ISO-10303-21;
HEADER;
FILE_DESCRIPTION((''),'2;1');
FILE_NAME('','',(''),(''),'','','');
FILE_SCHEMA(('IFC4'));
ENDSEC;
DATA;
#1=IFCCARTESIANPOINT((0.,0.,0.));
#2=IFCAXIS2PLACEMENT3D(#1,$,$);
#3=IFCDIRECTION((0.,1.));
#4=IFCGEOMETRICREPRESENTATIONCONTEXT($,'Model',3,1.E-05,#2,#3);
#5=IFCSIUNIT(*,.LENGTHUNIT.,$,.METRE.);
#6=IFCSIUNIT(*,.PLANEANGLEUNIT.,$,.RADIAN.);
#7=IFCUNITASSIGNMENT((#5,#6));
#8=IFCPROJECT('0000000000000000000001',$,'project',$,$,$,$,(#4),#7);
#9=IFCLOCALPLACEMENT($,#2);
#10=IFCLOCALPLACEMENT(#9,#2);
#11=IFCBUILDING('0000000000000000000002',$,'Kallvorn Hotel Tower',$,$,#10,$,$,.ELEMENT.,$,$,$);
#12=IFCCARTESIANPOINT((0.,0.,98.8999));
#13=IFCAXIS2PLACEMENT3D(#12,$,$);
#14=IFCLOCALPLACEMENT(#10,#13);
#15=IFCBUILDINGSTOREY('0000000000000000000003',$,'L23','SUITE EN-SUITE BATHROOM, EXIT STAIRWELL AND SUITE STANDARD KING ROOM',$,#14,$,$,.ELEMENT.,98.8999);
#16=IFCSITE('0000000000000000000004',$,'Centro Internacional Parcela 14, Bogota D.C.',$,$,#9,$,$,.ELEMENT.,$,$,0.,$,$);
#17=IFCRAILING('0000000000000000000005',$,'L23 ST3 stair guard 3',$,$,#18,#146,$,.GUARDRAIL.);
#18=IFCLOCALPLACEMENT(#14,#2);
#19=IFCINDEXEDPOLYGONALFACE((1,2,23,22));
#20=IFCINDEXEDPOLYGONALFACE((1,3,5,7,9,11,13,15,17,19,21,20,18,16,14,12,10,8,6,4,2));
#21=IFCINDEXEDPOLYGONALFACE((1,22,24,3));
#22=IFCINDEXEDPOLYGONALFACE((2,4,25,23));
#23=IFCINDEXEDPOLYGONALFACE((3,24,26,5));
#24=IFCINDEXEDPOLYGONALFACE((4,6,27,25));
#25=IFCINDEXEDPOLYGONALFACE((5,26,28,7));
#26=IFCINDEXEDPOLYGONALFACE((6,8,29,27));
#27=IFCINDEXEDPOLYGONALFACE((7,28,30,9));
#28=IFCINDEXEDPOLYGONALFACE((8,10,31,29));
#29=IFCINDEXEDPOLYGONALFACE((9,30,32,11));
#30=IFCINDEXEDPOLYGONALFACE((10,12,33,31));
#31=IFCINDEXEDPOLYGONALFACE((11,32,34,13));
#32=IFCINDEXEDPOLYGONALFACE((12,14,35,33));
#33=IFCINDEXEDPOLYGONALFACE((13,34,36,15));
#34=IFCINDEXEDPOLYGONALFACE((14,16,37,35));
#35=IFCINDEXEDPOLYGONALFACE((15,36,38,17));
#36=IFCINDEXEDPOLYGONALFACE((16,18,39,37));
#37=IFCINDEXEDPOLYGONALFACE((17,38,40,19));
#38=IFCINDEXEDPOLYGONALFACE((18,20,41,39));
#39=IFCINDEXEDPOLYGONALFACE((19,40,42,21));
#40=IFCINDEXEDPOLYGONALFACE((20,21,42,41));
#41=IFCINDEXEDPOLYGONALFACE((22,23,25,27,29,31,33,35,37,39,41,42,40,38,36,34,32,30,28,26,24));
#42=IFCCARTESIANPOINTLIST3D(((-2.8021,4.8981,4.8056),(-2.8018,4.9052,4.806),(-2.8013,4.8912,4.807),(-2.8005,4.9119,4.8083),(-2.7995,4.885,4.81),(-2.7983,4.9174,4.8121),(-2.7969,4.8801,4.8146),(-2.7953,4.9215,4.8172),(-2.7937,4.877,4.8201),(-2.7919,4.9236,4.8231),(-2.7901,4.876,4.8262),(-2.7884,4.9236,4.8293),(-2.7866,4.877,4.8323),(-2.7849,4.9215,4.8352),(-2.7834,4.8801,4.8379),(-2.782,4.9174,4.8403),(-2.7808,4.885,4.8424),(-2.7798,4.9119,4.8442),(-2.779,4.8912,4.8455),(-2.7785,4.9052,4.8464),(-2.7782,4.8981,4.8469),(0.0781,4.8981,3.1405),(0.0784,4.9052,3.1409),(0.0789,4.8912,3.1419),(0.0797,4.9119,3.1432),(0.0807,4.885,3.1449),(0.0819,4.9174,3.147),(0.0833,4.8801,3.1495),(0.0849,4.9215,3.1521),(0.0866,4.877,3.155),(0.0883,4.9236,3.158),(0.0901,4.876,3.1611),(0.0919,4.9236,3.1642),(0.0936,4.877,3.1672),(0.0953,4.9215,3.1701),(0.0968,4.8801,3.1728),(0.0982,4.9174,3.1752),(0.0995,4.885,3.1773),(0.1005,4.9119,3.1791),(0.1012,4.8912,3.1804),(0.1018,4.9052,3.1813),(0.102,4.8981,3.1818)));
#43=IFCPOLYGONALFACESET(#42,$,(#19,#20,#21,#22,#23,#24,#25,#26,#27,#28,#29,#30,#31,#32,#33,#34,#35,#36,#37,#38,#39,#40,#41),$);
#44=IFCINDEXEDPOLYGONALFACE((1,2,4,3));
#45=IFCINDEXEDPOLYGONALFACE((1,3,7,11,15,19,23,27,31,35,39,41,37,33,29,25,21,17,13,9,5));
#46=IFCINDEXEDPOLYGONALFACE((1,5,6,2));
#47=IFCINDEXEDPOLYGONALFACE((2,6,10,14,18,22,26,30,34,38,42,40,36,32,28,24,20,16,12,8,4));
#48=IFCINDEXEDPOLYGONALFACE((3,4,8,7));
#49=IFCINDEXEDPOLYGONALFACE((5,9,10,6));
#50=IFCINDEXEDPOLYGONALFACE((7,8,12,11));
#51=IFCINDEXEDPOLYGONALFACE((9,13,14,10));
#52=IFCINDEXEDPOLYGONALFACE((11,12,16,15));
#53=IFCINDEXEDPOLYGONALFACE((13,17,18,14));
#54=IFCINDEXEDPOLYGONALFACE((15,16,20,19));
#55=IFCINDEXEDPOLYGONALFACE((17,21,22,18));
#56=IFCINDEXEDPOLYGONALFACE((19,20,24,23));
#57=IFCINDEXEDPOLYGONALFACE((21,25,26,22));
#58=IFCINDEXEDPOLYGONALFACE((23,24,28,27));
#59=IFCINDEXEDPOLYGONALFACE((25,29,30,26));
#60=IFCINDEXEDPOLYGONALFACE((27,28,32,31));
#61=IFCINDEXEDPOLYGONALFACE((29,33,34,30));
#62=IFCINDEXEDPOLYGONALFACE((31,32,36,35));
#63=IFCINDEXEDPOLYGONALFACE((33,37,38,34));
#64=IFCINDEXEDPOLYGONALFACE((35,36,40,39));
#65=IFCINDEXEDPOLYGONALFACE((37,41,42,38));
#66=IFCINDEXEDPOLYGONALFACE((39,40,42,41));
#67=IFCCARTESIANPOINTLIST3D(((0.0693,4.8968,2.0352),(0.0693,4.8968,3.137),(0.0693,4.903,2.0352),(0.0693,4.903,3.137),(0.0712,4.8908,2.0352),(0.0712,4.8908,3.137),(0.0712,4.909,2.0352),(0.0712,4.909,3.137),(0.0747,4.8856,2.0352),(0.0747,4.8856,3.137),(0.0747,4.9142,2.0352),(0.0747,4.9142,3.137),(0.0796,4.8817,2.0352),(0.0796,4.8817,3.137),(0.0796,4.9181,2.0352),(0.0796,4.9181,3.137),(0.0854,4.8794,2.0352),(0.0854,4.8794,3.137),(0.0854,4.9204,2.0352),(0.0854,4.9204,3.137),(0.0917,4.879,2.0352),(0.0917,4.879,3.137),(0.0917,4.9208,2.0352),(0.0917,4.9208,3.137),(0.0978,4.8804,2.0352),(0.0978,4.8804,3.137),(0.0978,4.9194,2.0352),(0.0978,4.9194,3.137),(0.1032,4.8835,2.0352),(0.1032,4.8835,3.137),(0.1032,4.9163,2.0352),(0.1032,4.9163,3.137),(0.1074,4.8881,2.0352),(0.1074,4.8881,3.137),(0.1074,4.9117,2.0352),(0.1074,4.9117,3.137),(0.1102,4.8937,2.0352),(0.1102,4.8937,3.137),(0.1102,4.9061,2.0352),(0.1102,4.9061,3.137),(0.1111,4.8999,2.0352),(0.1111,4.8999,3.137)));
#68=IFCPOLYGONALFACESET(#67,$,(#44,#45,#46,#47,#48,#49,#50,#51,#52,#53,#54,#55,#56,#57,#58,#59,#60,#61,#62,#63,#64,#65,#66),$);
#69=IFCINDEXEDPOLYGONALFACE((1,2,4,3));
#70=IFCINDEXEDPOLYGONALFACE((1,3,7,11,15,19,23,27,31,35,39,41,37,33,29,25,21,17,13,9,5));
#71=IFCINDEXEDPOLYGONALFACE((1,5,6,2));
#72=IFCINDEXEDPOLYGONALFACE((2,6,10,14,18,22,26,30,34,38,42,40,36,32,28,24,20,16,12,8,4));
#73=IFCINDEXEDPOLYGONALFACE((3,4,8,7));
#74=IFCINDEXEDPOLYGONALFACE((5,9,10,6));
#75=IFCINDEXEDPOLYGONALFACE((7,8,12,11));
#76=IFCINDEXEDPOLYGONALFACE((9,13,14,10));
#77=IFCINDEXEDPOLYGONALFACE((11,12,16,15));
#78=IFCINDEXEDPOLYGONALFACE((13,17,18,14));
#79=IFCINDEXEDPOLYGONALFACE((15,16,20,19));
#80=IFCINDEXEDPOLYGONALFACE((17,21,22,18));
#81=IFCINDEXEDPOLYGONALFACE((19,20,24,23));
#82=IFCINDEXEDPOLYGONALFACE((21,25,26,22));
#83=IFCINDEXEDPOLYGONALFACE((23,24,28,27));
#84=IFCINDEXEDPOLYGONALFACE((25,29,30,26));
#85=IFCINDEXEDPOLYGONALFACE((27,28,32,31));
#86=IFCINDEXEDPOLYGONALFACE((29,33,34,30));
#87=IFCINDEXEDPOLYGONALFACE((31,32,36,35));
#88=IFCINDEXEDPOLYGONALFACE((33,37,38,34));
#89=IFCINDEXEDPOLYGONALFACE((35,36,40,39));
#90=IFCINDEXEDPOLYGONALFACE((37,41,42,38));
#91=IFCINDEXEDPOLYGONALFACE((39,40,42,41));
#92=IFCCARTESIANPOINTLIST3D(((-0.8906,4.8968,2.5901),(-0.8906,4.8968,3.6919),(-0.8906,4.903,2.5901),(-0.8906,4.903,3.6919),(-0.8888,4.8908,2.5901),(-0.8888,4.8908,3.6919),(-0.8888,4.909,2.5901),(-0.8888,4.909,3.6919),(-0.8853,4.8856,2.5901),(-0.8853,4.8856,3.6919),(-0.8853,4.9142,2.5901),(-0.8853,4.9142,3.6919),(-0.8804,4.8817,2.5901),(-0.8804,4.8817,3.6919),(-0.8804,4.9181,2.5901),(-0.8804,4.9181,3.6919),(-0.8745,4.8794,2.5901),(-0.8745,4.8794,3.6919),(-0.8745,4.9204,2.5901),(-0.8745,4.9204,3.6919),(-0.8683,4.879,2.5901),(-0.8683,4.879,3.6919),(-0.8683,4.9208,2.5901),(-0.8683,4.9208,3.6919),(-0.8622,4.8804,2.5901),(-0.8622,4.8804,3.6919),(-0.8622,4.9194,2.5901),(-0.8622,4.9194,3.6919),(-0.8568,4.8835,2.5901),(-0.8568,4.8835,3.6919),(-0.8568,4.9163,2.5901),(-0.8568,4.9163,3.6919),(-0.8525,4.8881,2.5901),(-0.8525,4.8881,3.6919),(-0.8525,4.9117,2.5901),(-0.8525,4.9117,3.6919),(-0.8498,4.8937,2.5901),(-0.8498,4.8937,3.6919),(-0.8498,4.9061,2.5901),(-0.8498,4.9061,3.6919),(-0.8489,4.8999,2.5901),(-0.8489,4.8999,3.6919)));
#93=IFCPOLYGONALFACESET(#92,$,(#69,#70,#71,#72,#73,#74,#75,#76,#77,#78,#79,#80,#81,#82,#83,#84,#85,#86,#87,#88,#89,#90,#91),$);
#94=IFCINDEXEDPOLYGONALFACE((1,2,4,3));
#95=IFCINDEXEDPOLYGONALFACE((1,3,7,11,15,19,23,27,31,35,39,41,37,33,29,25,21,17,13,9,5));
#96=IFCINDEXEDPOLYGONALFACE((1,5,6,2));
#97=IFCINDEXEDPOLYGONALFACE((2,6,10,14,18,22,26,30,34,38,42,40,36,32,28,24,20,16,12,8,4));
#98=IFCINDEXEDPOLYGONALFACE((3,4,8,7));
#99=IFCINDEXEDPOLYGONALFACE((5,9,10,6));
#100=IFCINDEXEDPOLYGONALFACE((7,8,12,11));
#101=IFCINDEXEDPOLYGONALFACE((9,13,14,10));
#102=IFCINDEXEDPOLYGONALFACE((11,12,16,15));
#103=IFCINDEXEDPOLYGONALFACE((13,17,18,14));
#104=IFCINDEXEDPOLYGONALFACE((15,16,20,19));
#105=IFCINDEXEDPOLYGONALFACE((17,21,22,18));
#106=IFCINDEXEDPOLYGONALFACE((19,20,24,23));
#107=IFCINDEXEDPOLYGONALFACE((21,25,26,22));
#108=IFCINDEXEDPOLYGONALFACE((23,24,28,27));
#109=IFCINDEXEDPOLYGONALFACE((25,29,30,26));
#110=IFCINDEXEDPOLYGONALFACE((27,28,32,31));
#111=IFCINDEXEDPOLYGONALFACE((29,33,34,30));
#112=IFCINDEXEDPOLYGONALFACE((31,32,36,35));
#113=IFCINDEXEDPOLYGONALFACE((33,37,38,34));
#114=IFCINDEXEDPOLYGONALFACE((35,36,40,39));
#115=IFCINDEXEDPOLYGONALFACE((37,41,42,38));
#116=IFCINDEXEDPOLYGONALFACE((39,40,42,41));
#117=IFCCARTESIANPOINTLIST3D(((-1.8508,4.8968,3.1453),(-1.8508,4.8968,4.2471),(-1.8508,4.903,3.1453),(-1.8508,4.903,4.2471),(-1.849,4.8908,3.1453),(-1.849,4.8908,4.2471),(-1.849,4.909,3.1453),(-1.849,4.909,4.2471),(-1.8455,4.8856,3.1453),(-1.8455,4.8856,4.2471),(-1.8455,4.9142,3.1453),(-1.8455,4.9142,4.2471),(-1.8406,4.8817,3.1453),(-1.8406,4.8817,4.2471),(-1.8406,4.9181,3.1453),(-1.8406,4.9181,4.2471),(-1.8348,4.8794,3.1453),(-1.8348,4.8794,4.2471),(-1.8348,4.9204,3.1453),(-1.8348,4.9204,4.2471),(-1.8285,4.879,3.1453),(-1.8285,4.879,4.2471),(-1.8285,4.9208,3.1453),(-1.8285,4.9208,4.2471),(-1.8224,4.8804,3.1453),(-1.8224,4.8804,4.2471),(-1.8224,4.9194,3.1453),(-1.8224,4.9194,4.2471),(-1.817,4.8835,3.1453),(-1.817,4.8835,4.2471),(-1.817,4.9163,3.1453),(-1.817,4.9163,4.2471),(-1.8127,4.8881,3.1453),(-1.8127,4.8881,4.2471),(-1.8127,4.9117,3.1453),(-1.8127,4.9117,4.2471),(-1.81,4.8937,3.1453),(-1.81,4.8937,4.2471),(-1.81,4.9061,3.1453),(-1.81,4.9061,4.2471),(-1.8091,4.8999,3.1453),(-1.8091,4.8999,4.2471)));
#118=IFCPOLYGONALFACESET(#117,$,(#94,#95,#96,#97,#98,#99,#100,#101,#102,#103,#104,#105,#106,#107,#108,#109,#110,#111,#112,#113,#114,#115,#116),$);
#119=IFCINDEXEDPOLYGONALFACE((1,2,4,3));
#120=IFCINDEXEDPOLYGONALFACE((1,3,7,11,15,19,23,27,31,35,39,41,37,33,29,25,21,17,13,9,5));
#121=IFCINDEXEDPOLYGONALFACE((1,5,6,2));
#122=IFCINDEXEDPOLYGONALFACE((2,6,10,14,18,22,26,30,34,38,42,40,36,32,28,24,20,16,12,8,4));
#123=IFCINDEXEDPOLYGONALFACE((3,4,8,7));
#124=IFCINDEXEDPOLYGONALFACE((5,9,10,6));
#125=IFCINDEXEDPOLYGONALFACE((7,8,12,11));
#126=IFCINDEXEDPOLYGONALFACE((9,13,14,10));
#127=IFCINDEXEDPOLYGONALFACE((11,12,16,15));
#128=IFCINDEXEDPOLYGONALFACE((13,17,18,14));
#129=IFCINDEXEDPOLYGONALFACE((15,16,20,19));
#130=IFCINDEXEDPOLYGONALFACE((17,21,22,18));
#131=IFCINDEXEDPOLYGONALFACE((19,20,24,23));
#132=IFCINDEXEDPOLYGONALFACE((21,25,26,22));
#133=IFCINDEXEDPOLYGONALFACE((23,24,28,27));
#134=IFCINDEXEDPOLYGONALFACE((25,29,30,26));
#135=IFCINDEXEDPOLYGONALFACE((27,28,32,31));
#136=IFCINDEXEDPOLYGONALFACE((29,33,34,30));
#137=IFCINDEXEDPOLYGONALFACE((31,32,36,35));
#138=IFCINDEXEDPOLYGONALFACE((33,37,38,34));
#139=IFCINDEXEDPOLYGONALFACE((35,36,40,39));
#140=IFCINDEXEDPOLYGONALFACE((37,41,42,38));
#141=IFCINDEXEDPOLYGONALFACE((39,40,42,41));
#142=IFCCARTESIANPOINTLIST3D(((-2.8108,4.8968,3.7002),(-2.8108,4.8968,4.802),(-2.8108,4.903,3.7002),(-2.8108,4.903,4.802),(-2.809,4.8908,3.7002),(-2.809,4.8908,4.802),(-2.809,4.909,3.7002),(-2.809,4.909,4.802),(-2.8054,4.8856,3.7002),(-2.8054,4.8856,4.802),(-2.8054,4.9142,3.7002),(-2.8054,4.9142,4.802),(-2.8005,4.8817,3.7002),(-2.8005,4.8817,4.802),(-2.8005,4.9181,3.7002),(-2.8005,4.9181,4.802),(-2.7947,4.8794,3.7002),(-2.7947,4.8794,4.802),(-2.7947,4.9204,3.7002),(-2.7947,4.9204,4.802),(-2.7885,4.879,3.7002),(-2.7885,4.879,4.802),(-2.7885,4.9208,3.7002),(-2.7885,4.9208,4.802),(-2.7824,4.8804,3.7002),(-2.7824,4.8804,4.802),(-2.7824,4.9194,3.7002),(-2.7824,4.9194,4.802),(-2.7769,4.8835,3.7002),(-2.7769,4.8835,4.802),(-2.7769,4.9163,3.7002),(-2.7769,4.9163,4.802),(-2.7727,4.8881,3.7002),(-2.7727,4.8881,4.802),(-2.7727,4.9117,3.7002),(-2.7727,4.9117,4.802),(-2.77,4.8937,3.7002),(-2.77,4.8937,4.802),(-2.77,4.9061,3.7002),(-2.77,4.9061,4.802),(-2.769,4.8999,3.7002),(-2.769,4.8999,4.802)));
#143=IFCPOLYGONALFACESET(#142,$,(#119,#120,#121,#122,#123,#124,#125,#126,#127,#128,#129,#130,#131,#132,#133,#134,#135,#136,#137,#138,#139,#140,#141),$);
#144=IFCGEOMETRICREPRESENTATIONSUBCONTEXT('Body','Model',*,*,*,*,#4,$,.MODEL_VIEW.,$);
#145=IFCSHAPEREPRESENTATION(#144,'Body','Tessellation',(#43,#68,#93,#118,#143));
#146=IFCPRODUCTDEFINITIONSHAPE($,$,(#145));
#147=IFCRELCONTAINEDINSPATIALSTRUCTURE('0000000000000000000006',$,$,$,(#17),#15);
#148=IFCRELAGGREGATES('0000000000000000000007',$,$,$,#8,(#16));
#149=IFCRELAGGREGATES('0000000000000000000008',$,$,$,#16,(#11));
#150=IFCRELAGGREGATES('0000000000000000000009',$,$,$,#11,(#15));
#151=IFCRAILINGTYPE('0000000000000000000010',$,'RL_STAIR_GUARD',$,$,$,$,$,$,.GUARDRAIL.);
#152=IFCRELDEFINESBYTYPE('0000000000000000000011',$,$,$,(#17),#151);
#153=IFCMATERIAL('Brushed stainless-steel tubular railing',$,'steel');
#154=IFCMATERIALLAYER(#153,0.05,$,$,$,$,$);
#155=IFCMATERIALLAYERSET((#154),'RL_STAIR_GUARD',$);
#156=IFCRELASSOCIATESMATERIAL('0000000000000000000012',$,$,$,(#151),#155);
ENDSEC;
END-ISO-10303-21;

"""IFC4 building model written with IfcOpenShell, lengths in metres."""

from ifc_helpers import new_model, si_unit, direction, frame, origin, origin_2d, place, context, subcontext, project, spatial, circle, extrude, material, layer, layer_set, type_object, element, save


model = new_model("IFC4")

# Units and contexts
model_context = context("Model", 3, precision=1e-05, world=origin(), true_north=direction((0.0, 1.0)))
body_context = subcontext(model_context, "Body", "Model", "MODEL_VIEW")
ifc_project = project(units=[si_unit("LENGTHUNIT", "METRE"), si_unit("PLANEANGLEUNIT", "RADIAN")], contexts=[model_context])

# Site, building, storey
site_placement = place(None, origin())
site = spatial("IfcSite", under=ifc_project, at=site_placement, Name="Centro Internacional Parcela 14, Bogota D.C.", CompositionType="ELEMENT", RefElevation=0.0)
building_placement = place(site_placement, origin())
building = spatial("IfcBuilding", under=site, at=building_placement, Name="Kallvorn Hotel Tower", CompositionType="ELEMENT")
storey_placement = place(building_placement, frame((0.0, 0.0, 98.8999)))
storey = spatial("IfcBuildingStorey", under=building, at=storey_placement, Name="L23", Description="SUITE EN-SUITE BATHROOM, EXIT STAIRWELL AND SUITE STANDARD KING ROOM", CompositionType="ELEMENT", Elevation=98.8999)

# Railing
ifc_material_1 = material(Name="Brushed stainless-steel tubular railing", Category="steel")
ifc_layer_1 = layer(ifc_material_1, 0.05)
ifc_layer_set_1 = layer_set([ifc_layer_1], Name="RL_STAIR_GUARD")
railing_type_1 = type_object("IfcRailingType", Name="RL_STAIR_GUARD", PredefinedType="GUARDRAIL", material=ifc_layer_set_1)
railing_1_placement = place(storey_placement, frame((0.0901, 4.8999, 2.0352)))
element("IfcRailing", 1, at=railing_1_placement, inside=storey, type_object=railing_type_1, Name="L23 ST3 stair guard 3", PredefinedType="GUARDRAIL", context=body_context, shape_type="SweptSolid", body=[
    extrude(circle(Radius=0.0239, at=origin_2d()), frame((0.0, 0.0, 1.126), z_axis=(-0.865739, 0.0, 0.500495), x_axis=(0.0, -1.0, 0.0)), (0.0, 0.0, 1.0), 3.3269),
    extrude(circle(Radius=0.021, at=origin_2d()), origin(), (0.0, 0.0, 1.0), 1.1018),
    extrude(circle(Radius=0.021, at=origin_2d()), frame((-0.96, 0.0, 0.5549)), (0.0, 0.0, 1.0), 1.1018),
    extrude(circle(Radius=0.021, at=origin_2d()), frame((-1.9202, 0.0, 1.1101)), (0.0, 0.0, 1.0), 1.1018),
    extrude(circle(Radius=0.021, at=origin_2d()), frame((-2.8801, 0.0, 1.665)), (0.0, 0.0, 1.0), 1.1018),
])

save(model, "model.ifc")
